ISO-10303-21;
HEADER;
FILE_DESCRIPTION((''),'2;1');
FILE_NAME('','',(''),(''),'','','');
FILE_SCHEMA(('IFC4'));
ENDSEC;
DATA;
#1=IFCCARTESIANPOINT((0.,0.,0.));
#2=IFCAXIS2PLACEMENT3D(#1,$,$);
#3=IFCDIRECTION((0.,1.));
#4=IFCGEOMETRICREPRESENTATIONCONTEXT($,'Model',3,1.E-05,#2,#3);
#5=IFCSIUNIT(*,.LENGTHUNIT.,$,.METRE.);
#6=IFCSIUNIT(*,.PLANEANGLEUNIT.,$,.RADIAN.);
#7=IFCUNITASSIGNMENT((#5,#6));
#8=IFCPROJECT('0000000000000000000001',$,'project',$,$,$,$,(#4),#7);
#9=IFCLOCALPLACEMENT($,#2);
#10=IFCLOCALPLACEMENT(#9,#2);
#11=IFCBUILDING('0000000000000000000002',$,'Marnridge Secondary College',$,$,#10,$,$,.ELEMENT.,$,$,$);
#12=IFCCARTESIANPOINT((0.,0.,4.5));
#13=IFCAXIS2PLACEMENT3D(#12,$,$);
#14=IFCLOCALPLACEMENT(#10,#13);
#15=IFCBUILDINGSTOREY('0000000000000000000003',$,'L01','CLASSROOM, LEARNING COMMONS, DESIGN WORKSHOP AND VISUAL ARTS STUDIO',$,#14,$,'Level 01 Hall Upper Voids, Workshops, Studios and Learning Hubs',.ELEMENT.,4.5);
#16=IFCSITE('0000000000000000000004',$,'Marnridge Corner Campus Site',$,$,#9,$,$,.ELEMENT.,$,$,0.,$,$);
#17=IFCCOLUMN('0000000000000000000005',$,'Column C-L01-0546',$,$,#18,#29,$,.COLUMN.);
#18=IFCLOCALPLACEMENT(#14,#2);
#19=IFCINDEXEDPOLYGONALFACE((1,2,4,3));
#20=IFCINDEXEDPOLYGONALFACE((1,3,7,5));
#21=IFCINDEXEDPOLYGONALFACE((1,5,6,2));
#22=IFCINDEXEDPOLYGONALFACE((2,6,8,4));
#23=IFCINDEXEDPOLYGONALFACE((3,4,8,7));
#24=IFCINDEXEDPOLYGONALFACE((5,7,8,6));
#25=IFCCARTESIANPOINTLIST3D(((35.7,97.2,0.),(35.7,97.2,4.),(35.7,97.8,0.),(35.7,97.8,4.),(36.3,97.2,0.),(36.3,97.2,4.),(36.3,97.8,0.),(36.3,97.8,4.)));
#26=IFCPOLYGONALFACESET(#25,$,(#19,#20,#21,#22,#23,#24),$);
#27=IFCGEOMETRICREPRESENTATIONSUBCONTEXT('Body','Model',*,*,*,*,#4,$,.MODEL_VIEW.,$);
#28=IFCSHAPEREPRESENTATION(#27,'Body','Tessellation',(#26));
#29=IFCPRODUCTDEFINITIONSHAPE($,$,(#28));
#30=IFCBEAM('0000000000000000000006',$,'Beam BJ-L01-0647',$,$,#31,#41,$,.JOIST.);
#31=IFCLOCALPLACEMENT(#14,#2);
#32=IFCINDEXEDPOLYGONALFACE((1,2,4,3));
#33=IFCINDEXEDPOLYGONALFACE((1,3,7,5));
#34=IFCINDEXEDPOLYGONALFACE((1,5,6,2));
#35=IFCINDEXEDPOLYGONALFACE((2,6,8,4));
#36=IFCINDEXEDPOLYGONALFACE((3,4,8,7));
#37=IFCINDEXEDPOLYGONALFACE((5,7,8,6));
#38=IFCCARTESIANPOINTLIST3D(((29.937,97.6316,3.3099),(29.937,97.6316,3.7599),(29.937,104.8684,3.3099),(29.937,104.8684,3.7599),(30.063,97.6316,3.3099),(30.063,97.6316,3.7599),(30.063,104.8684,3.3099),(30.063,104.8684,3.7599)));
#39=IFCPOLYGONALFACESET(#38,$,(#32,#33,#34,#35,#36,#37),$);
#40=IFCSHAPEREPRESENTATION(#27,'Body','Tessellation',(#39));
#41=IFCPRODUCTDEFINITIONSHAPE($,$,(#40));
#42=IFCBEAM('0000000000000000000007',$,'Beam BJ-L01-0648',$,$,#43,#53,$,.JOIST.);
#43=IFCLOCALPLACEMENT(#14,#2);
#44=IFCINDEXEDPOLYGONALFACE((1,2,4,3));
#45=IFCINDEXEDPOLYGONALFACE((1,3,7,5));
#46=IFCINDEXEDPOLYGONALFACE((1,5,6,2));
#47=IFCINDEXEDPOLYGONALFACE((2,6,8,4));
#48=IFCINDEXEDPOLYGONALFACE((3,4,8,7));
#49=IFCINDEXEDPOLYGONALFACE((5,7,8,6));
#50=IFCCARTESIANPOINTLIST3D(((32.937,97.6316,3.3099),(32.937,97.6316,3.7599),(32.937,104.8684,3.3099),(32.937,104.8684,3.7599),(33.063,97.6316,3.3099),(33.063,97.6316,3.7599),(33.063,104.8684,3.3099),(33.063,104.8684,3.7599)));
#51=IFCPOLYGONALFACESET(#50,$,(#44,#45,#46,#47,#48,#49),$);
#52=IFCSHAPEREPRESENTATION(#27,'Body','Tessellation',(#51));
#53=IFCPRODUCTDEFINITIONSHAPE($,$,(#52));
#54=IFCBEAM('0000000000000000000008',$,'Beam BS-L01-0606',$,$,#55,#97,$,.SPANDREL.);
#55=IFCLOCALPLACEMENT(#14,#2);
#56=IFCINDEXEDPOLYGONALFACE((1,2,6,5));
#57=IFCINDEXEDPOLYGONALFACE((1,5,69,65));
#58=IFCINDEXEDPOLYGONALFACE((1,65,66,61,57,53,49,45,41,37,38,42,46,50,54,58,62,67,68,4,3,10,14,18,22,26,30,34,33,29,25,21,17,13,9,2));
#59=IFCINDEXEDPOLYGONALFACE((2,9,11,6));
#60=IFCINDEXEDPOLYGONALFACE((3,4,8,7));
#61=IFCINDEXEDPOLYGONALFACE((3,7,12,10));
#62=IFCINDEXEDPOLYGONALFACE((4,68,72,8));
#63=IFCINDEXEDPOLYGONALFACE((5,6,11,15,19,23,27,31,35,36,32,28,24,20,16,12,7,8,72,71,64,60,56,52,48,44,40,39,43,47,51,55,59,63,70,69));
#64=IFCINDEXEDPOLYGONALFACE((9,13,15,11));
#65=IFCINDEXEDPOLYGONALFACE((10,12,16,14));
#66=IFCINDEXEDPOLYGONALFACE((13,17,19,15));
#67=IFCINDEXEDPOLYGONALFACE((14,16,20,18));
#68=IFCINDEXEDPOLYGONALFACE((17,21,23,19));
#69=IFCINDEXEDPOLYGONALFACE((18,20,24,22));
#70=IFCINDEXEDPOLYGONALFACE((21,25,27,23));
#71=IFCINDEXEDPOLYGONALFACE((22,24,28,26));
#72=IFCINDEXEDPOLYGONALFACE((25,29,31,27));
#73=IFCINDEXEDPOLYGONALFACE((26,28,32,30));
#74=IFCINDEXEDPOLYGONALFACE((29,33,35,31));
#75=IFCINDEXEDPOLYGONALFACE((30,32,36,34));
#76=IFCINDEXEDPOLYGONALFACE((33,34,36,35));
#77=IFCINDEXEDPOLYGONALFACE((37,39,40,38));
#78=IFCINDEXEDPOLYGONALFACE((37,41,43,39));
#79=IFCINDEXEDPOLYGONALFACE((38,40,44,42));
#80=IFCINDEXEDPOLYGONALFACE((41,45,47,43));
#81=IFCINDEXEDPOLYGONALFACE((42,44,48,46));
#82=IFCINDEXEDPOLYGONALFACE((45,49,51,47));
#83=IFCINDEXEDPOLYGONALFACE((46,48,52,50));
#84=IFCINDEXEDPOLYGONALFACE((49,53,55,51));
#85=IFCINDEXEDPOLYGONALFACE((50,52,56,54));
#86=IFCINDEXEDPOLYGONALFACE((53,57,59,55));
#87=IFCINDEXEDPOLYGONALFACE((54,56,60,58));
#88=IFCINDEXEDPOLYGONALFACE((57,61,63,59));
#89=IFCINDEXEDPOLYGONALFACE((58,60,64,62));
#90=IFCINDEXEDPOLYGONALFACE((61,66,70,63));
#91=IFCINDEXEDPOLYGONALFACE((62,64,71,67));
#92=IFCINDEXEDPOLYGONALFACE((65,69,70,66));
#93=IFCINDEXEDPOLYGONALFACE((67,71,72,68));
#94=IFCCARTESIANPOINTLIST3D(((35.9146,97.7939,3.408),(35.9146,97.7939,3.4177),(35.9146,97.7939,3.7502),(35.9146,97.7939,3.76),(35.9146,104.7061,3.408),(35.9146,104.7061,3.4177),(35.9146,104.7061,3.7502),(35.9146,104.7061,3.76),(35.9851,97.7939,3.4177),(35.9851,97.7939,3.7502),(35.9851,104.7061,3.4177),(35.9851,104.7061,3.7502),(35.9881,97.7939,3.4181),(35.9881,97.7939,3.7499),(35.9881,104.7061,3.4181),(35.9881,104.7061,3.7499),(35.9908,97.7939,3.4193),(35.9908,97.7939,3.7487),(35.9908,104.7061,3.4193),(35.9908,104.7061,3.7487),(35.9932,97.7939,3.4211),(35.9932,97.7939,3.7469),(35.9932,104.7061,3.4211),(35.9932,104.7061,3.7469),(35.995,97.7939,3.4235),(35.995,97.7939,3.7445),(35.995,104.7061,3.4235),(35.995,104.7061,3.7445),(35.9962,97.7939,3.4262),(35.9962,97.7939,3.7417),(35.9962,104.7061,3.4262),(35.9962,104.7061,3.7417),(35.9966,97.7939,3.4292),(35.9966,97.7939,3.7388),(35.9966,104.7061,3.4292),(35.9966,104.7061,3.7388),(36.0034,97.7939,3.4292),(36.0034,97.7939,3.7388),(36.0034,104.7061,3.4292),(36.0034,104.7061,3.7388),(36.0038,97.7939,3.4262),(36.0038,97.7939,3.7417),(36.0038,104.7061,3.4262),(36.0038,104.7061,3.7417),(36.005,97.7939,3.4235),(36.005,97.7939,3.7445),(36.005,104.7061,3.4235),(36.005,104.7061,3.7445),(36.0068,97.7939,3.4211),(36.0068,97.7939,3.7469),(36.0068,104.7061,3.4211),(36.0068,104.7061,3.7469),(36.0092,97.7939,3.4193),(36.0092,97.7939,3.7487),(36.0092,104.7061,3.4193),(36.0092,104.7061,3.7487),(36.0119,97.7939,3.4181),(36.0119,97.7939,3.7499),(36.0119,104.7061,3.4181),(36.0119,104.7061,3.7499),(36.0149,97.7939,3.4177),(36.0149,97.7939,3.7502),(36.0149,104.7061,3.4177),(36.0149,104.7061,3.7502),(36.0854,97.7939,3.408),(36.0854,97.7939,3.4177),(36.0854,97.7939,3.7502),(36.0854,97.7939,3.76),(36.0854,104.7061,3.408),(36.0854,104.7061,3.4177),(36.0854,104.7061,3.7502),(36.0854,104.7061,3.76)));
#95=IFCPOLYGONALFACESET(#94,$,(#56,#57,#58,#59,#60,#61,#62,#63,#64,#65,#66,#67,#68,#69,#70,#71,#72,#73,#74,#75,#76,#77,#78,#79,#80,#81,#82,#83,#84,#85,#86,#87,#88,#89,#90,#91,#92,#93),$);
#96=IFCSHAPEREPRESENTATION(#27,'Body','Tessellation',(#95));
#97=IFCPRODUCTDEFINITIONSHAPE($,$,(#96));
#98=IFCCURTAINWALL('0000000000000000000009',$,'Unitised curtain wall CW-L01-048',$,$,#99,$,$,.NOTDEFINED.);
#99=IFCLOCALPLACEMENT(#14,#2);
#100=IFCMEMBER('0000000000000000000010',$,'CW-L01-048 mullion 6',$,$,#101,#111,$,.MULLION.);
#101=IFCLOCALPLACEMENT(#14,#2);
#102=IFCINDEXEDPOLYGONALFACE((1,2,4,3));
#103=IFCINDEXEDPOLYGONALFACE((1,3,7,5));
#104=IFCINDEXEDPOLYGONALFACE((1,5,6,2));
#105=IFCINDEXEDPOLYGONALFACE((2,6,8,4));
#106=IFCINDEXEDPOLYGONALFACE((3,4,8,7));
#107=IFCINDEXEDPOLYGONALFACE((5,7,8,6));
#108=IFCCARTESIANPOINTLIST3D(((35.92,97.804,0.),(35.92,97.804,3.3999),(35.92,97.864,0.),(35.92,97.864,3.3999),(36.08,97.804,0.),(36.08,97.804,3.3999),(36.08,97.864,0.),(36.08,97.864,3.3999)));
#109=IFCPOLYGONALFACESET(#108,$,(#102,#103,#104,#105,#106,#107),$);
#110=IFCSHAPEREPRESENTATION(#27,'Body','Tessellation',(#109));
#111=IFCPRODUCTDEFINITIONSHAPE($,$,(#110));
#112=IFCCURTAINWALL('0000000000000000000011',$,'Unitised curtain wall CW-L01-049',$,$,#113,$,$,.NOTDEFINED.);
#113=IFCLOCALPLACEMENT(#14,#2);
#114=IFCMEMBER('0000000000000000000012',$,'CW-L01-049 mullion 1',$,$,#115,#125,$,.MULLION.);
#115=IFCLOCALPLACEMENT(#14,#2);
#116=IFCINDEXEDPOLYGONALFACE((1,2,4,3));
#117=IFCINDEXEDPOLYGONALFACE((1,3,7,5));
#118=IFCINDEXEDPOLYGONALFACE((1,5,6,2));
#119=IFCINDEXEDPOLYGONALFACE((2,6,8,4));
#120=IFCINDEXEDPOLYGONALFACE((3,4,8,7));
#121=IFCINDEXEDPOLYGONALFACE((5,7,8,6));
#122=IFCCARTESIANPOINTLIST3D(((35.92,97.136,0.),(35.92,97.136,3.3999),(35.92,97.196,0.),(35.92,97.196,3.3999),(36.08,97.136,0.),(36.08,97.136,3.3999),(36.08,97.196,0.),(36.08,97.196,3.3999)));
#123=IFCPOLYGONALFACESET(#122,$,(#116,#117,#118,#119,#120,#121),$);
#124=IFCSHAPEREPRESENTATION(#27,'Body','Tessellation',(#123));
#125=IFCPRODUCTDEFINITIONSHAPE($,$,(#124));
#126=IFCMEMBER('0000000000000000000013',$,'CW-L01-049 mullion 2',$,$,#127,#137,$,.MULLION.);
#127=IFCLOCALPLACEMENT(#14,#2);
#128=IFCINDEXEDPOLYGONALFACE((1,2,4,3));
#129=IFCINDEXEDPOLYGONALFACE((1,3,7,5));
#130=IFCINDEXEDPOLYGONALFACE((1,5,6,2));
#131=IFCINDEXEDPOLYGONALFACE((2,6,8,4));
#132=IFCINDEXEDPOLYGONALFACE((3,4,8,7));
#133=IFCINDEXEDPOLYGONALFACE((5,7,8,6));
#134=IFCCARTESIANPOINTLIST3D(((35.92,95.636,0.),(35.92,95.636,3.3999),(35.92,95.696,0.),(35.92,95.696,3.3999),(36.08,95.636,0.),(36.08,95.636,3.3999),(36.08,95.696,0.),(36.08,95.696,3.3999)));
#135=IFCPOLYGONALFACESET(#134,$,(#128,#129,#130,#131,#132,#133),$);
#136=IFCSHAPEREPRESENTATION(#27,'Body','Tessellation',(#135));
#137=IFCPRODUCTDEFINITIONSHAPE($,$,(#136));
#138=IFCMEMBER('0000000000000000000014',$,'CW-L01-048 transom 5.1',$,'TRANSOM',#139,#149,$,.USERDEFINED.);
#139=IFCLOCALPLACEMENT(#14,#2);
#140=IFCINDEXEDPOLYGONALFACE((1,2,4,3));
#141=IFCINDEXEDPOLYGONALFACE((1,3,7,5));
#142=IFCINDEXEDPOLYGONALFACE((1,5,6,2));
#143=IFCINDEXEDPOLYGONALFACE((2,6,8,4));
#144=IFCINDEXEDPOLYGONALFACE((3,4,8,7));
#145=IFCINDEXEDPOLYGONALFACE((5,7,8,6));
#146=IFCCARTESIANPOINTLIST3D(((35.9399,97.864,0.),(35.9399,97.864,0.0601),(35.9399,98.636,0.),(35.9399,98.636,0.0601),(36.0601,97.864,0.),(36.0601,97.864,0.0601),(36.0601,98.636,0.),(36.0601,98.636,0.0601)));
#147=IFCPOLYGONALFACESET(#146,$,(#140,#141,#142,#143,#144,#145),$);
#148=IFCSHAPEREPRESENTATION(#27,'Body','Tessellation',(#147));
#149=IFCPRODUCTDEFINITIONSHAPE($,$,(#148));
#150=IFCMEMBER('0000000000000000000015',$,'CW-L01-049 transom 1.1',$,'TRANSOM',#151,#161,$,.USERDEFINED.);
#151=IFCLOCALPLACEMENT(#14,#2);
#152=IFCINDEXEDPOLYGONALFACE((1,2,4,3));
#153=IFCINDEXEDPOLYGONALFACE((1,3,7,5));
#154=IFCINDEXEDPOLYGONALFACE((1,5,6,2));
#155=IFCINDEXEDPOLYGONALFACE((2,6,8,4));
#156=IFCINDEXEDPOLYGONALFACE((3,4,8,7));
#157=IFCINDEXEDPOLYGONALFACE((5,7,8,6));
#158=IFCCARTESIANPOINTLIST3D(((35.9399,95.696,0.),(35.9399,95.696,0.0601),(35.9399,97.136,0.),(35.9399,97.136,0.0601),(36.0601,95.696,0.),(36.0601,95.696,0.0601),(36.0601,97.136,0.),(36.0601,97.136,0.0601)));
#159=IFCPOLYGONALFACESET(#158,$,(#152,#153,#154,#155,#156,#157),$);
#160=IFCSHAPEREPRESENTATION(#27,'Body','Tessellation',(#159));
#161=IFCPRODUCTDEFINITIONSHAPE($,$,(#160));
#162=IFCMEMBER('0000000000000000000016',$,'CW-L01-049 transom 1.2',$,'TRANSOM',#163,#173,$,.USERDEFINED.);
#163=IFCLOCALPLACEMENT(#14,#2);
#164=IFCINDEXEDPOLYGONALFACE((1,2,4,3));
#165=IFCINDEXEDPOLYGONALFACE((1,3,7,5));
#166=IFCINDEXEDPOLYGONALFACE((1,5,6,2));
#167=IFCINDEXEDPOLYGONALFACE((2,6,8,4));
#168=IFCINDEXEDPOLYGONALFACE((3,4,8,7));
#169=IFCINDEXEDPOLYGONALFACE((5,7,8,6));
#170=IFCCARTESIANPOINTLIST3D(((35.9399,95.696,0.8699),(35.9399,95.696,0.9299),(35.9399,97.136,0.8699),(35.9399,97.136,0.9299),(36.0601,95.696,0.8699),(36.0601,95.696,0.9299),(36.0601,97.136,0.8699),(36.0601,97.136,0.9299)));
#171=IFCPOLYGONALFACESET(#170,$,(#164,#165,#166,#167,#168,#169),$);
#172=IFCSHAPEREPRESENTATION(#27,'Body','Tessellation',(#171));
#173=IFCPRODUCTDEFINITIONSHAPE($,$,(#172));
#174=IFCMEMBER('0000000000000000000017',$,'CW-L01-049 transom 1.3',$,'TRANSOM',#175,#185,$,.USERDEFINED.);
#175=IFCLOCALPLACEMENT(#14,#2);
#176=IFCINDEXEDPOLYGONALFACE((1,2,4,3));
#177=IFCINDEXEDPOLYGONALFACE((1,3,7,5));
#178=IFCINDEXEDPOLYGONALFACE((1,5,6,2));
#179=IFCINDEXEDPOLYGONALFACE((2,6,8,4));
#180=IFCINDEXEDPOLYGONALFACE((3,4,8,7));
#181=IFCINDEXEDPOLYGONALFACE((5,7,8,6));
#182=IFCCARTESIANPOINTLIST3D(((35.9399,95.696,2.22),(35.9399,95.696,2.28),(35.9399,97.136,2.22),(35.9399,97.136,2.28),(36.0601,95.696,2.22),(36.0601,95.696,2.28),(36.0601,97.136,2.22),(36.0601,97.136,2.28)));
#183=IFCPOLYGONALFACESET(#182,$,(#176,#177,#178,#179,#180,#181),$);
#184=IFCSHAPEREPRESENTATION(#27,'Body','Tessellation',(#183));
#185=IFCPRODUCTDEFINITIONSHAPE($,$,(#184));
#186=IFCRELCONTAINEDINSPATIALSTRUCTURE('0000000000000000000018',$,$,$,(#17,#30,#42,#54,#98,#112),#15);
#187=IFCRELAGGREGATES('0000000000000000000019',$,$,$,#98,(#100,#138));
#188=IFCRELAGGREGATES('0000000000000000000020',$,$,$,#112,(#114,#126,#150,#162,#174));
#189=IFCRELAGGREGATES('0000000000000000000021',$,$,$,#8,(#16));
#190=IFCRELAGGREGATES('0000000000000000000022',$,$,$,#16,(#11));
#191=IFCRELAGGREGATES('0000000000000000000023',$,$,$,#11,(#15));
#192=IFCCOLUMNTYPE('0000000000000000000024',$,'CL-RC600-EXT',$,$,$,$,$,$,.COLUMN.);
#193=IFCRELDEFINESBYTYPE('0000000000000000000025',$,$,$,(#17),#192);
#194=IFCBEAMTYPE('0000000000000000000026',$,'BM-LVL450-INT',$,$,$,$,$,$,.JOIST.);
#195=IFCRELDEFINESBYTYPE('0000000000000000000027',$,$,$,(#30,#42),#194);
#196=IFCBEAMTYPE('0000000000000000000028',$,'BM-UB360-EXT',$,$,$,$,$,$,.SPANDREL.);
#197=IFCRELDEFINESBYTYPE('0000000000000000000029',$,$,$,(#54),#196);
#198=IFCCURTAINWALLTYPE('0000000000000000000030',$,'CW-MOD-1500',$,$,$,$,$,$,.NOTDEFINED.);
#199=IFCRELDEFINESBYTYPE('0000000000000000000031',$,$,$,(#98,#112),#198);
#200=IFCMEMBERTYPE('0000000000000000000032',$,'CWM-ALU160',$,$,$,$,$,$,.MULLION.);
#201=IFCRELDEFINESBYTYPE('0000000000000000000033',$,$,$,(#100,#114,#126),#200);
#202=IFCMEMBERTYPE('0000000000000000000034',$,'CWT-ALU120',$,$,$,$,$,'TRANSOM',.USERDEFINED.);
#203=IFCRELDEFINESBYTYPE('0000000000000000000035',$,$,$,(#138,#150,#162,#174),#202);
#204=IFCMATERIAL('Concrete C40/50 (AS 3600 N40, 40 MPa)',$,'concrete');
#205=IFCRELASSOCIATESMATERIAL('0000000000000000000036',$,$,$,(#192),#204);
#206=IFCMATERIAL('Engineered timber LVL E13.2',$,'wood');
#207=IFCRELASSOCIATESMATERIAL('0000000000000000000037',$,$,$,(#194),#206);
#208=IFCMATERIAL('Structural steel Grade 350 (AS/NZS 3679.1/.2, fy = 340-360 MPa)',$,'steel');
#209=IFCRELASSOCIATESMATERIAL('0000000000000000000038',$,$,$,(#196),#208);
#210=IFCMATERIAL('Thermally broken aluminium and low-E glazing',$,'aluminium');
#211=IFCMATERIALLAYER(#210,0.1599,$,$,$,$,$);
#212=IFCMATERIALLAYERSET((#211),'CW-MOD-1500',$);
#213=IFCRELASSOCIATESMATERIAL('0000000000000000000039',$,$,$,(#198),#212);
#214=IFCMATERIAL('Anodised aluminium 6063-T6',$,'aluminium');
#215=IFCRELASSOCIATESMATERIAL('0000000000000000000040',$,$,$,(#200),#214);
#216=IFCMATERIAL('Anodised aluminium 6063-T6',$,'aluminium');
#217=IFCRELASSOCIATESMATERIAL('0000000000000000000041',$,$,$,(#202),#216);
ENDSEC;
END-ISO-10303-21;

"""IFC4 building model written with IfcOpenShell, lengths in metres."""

from ifc_helpers import new_model, si_unit, direction, frame, origin, origin_2d, place, context, subcontext, project, spatial, rectangle, i_section, extrude, material, layer, layer_set, material_profile, profile_set, type_object, element, aggregate, save


model = new_model("IFC4")

# Units and contexts
model_context = context("Model", 3, precision=1e-05, world=origin(), true_north=direction((0.0, 1.0)))
body_context = subcontext(model_context, "Body", "Model", "MODEL_VIEW")
ifc_project = project(units=[si_unit("LENGTHUNIT", "METRE"), si_unit("PLANEANGLEUNIT", "RADIAN")], contexts=[model_context])

# Site, building, storey
site_placement = place(None, origin())
site = spatial("IfcSite", under=ifc_project, at=site_placement, Name="Marnridge Corner Campus Site", CompositionType="ELEMENT", RefElevation=0.0)
building_placement = place(site_placement, origin())
building = spatial("IfcBuilding", under=site, at=building_placement, Name="Marnridge Secondary College", CompositionType="ELEMENT")
storey_placement = place(building_placement, frame((0.0, 0.0, 4.5)))
storey = spatial("IfcBuildingStorey", under=building, at=storey_placement, Name="L01", Description="CLASSROOM, LEARNING COMMONS, DESIGN WORKSHOP AND VISUAL ARTS STUDIO", LongName="Level 01 Hall Upper Voids, Workshops, Studios and Learning Hubs", CompositionType="ELEMENT", Elevation=4.5)

# Column
ifc_material_1 = material(Name="Concrete C40/50 (AS 3600 N40, 40 MPa)", Category="concrete")
ifc_material_profile_1 = material_profile(ifc_material_1, rectangle(XDim=0.6001, YDim=0.6001, at=origin_2d()), Name="RC 600x600")
ifc_profile_set_1 = profile_set([ifc_material_profile_1], Name="Concrete C40/50 (AS 3600 N40, 40 MPa)")
column_type = type_object("IfcColumnType", Name="CL-RC600-EXT", PredefinedType="COLUMN", material=ifc_profile_set_1)
column_placement = place(storey_placement, frame((36.0, 97.5, 0.0), z_axis=(0.0, 0.0, 1.0), x_axis=(1.0, 0.0, 0.0)))
element("IfcColumn", 1, at=column_placement, inside=storey, type_object=column_type, Name="Column C-L01-0546", PredefinedType="COLUMN", context=body_context, shape_type="SweptSolid", body=[
    extrude(rectangle(XDim=0.6001, YDim=0.6001, at=origin_2d()), origin(), (0.0, 0.0, 1.0), 4.0),
])

# Beams
ifc_material_2 = material(Name="Engineered timber LVL E13.2", Category="wood")
ifc_material_profile_2 = material_profile(ifc_material_2, rectangle(XDim=0.126, YDim=0.45, at=origin_2d()), Name="LVL 126x450")
ifc_profile_set_2 = profile_set([ifc_material_profile_2], Name="Engineered timber LVL E13.2")
beam_type_1 = type_object("IfcBeamType", Name="BM-LVL450-INT", PredefinedType="JOIST", material=ifc_profile_set_2)
for number, where, z_axis, x_axis, name in (
    (2, (30.0, 97.6316, 3.5349), (0.0, 1.0, 0.0), (-1.0, 0.0, 0.0), "Beam BJ-L01-0647"),
    (3, (33.0, 97.6316, 3.5349), (0.0, 1.0, 0.0), (-1.0, 0.0, 0.0), "Beam BJ-L01-0648"),
):
    element("IfcBeam", number, at=place(storey_placement, frame(where, z_axis=z_axis, x_axis=x_axis)), inside=storey, type_object=beam_type_1, Name=name, PredefinedType="JOIST", context=body_context, shape_type="SweptSolid", body=[
        extrude(rectangle(XDim=0.126, YDim=0.45, at=origin_2d()), origin(), (0.0, 0.0, 1.0), 7.2368),
    ])
ifc_material_3 = material(Name="Structural steel Grade 350 (AS/NZS 3679.1/.2, fy = 340-360 MPa)", Category="steel")
ifc_material_profile_3 = material_profile(ifc_material_3, i_section(OverallWidth=0.1709, OverallDepth=0.3521, WebThickness=0.0068, FlangeThickness=0.0098, FilletRadius=0.0115, at=origin_2d()), Name="360UB44.7")
ifc_profile_set_3 = profile_set([ifc_material_profile_3], Name="Structural steel Grade 350 (AS/NZS 3679.1/.2, fy = 340-360 MPa)")
beam_type_2 = type_object("IfcBeamType", Name="BM-UB360-EXT", PredefinedType="SPANDREL", material=ifc_profile_set_3)
beam_placement = place(storey_placement, frame((36.0, 97.7939, 3.584), z_axis=(0.0, 1.0, 0.0), x_axis=(-1.0, 0.0, 0.0)))
element("IfcBeam", 4, at=beam_placement, inside=storey, type_object=beam_type_2, Name="Beam BS-L01-0606", PredefinedType="SPANDREL", context=body_context, shape_type="SweptSolid", body=[
    extrude(i_section(OverallWidth=0.1709, OverallDepth=0.3521, WebThickness=0.0068, FlangeThickness=0.0098, FilletRadius=0.0115, at=origin_2d()), origin(), (0.0, 0.0, 1.0), 6.9121),
])

# Curtain wall, member
ifc_material_4 = material(Name="Thermally broken aluminium and low-E glazing", Category="aluminium")
ifc_layer_1 = layer(ifc_material_4, 0.1599)
ifc_layer_set_1 = layer_set([ifc_layer_1], Name="CW-MOD-1500")
curtain_wall_type = type_object("IfcCurtainWallType", Name="CW-MOD-1500", PredefinedType="NOTDEFINED", material=ifc_layer_set_1)
curtain_wall_1_placement = place(storey_placement, origin())
curtain_wall_1 = element("IfcCurtainWall", 5, at=curtain_wall_1_placement, inside=storey, type_object=curtain_wall_type, Name="Unitised curtain wall CW-L01-048", PredefinedType="NOTDEFINED")
ifc_material_5 = material(Name="Anodised aluminium 6063-T6", Category="aluminium")
ifc_material_profile_4 = material_profile(ifc_material_5, rectangle(XDim=0.0601, YDim=0.1599, at=origin_2d()), Name="ALU 60x160")
ifc_profile_set_4 = profile_set([ifc_material_profile_4], Name="Anodised aluminium 6063-T6")
member_type_1 = type_object("IfcMemberType", Name="CWM-ALU160", PredefinedType="MULLION", material=ifc_profile_set_4)
member_1_placement = place(storey_placement, frame((36.0, 97.834, 0.0), z_axis=(0.0, 0.0, 1.0), x_axis=(0.0, -1.0, 0.0)))
member_1 = element("IfcMember", 6, at=member_1_placement, type_object=member_type_1, Name="CW-L01-048 mullion 6", PredefinedType="MULLION", context=body_context, shape_type="SweptSolid", body=[
    extrude(rectangle(XDim=0.0601, YDim=0.1599, at=origin_2d()), origin(), (0.0, 0.0, 1.0), 3.3999),
])

# Curtain wall, members
curtain_wall_2_placement = place(storey_placement, origin())
curtain_wall_2 = element("IfcCurtainWall", 7, at=curtain_wall_2_placement, inside=storey, type_object=curtain_wall_type, Name="Unitised curtain wall CW-L01-049", PredefinedType="NOTDEFINED")
member_2_placement = place(storey_placement, frame((36.0, 97.166, 0.0), z_axis=(0.0, 0.0, 1.0), x_axis=(0.0, -1.0, 0.0)))
member_2 = element("IfcMember", 8, at=member_2_placement, type_object=member_type_1, Name="CW-L01-049 mullion 1", PredefinedType="MULLION", context=body_context, shape_type="SweptSolid", body=[
    extrude(rectangle(XDim=0.0601, YDim=0.1599, at=origin_2d()), origin(), (0.0, 0.0, 1.0), 3.3999),
])
member_3_placement = place(storey_placement, frame((36.0, 95.666, 0.0), z_axis=(0.0, 0.0, 1.0), x_axis=(0.0, -1.0, 0.0)))
member_3 = element("IfcMember", 9, at=member_3_placement, type_object=member_type_1, Name="CW-L01-049 mullion 2", PredefinedType="MULLION", context=body_context, shape_type="SweptSolid", body=[
    extrude(rectangle(XDim=0.0601, YDim=0.1599, at=origin_2d()), origin(), (0.0, 0.0, 1.0), 3.3999),
])

# Members
ifc_material_6 = material(Name="Anodised aluminium 6063-T6", Category="aluminium")
ifc_material_profile_5 = material_profile(ifc_material_6, rectangle(XDim=0.0601, YDim=0.1201, at=origin_2d()), Name="ALU 60x120")
ifc_profile_set_5 = profile_set([ifc_material_profile_5], Name="Anodised aluminium 6063-T6")
member_type_2 = type_object("IfcMemberType", Name="CWT-ALU120", ElementType="TRANSOM", PredefinedType="USERDEFINED", material=ifc_profile_set_5)
member_4_placement = place(storey_placement, frame((36.0, 98.636, 0.03), z_axis=(0.0, -1.0, 0.0), x_axis=(0.0, 0.0, 1.0)))
member_4 = element("IfcMember", 10, at=member_4_placement, type_object=member_type_2, Name="CW-L01-048 transom 5.1", ObjectType="TRANSOM", PredefinedType="USERDEFINED", context=body_context, shape_type="SweptSolid", body=[
    extrude(rectangle(XDim=0.0601, YDim=0.1201, at=origin_2d()), origin(), (0.0, 0.0, 1.0), 0.772),
])
member_5_placement = place(storey_placement, frame((36.0, 97.136, 0.03), z_axis=(0.0, -1.0, 0.0), x_axis=(0.0, 0.0, 1.0)))
member_5 = element("IfcMember", 11, at=member_5_placement, type_object=member_type_2, Name="CW-L01-049 transom 1.1", ObjectType="TRANSOM", PredefinedType="USERDEFINED", context=body_context, shape_type="SweptSolid", body=[
    extrude(rectangle(XDim=0.0601, YDim=0.1201, at=origin_2d()), origin(), (0.0, 0.0, 1.0), 1.4399),
])
member_6_placement = place(storey_placement, frame((36.0, 97.136, 0.8999), z_axis=(0.0, -1.0, 0.0), x_axis=(0.0, 0.0, 1.0)))
member_6 = element("IfcMember", 12, at=member_6_placement, type_object=member_type_2, Name="CW-L01-049 transom 1.2", ObjectType="TRANSOM", PredefinedType="USERDEFINED", context=body_context, shape_type="SweptSolid", body=[
    extrude(rectangle(XDim=0.0601, YDim=0.1201, at=origin_2d()), origin(), (0.0, 0.0, 1.0), 1.4399),
])
member_7_placement = place(storey_placement, frame((36.0, 97.136, 2.25), z_axis=(0.0, -1.0, 0.0), x_axis=(0.0, 0.0, 1.0)))
member_7 = element("IfcMember", 13, at=member_7_placement, type_object=member_type_2, Name="CW-L01-049 transom 1.3", ObjectType="TRANSOM", PredefinedType="USERDEFINED", context=body_context, shape_type="SweptSolid", body=[
    extrude(rectangle(XDim=0.0601, YDim=0.1201, at=origin_2d()), origin(), (0.0, 0.0, 1.0), 1.4399),
])

aggregate(curtain_wall_1, [member_1, member_4])
aggregate(curtain_wall_2, [member_2, member_3, member_5, member_6, member_7])

save(model, "model.ifc")
